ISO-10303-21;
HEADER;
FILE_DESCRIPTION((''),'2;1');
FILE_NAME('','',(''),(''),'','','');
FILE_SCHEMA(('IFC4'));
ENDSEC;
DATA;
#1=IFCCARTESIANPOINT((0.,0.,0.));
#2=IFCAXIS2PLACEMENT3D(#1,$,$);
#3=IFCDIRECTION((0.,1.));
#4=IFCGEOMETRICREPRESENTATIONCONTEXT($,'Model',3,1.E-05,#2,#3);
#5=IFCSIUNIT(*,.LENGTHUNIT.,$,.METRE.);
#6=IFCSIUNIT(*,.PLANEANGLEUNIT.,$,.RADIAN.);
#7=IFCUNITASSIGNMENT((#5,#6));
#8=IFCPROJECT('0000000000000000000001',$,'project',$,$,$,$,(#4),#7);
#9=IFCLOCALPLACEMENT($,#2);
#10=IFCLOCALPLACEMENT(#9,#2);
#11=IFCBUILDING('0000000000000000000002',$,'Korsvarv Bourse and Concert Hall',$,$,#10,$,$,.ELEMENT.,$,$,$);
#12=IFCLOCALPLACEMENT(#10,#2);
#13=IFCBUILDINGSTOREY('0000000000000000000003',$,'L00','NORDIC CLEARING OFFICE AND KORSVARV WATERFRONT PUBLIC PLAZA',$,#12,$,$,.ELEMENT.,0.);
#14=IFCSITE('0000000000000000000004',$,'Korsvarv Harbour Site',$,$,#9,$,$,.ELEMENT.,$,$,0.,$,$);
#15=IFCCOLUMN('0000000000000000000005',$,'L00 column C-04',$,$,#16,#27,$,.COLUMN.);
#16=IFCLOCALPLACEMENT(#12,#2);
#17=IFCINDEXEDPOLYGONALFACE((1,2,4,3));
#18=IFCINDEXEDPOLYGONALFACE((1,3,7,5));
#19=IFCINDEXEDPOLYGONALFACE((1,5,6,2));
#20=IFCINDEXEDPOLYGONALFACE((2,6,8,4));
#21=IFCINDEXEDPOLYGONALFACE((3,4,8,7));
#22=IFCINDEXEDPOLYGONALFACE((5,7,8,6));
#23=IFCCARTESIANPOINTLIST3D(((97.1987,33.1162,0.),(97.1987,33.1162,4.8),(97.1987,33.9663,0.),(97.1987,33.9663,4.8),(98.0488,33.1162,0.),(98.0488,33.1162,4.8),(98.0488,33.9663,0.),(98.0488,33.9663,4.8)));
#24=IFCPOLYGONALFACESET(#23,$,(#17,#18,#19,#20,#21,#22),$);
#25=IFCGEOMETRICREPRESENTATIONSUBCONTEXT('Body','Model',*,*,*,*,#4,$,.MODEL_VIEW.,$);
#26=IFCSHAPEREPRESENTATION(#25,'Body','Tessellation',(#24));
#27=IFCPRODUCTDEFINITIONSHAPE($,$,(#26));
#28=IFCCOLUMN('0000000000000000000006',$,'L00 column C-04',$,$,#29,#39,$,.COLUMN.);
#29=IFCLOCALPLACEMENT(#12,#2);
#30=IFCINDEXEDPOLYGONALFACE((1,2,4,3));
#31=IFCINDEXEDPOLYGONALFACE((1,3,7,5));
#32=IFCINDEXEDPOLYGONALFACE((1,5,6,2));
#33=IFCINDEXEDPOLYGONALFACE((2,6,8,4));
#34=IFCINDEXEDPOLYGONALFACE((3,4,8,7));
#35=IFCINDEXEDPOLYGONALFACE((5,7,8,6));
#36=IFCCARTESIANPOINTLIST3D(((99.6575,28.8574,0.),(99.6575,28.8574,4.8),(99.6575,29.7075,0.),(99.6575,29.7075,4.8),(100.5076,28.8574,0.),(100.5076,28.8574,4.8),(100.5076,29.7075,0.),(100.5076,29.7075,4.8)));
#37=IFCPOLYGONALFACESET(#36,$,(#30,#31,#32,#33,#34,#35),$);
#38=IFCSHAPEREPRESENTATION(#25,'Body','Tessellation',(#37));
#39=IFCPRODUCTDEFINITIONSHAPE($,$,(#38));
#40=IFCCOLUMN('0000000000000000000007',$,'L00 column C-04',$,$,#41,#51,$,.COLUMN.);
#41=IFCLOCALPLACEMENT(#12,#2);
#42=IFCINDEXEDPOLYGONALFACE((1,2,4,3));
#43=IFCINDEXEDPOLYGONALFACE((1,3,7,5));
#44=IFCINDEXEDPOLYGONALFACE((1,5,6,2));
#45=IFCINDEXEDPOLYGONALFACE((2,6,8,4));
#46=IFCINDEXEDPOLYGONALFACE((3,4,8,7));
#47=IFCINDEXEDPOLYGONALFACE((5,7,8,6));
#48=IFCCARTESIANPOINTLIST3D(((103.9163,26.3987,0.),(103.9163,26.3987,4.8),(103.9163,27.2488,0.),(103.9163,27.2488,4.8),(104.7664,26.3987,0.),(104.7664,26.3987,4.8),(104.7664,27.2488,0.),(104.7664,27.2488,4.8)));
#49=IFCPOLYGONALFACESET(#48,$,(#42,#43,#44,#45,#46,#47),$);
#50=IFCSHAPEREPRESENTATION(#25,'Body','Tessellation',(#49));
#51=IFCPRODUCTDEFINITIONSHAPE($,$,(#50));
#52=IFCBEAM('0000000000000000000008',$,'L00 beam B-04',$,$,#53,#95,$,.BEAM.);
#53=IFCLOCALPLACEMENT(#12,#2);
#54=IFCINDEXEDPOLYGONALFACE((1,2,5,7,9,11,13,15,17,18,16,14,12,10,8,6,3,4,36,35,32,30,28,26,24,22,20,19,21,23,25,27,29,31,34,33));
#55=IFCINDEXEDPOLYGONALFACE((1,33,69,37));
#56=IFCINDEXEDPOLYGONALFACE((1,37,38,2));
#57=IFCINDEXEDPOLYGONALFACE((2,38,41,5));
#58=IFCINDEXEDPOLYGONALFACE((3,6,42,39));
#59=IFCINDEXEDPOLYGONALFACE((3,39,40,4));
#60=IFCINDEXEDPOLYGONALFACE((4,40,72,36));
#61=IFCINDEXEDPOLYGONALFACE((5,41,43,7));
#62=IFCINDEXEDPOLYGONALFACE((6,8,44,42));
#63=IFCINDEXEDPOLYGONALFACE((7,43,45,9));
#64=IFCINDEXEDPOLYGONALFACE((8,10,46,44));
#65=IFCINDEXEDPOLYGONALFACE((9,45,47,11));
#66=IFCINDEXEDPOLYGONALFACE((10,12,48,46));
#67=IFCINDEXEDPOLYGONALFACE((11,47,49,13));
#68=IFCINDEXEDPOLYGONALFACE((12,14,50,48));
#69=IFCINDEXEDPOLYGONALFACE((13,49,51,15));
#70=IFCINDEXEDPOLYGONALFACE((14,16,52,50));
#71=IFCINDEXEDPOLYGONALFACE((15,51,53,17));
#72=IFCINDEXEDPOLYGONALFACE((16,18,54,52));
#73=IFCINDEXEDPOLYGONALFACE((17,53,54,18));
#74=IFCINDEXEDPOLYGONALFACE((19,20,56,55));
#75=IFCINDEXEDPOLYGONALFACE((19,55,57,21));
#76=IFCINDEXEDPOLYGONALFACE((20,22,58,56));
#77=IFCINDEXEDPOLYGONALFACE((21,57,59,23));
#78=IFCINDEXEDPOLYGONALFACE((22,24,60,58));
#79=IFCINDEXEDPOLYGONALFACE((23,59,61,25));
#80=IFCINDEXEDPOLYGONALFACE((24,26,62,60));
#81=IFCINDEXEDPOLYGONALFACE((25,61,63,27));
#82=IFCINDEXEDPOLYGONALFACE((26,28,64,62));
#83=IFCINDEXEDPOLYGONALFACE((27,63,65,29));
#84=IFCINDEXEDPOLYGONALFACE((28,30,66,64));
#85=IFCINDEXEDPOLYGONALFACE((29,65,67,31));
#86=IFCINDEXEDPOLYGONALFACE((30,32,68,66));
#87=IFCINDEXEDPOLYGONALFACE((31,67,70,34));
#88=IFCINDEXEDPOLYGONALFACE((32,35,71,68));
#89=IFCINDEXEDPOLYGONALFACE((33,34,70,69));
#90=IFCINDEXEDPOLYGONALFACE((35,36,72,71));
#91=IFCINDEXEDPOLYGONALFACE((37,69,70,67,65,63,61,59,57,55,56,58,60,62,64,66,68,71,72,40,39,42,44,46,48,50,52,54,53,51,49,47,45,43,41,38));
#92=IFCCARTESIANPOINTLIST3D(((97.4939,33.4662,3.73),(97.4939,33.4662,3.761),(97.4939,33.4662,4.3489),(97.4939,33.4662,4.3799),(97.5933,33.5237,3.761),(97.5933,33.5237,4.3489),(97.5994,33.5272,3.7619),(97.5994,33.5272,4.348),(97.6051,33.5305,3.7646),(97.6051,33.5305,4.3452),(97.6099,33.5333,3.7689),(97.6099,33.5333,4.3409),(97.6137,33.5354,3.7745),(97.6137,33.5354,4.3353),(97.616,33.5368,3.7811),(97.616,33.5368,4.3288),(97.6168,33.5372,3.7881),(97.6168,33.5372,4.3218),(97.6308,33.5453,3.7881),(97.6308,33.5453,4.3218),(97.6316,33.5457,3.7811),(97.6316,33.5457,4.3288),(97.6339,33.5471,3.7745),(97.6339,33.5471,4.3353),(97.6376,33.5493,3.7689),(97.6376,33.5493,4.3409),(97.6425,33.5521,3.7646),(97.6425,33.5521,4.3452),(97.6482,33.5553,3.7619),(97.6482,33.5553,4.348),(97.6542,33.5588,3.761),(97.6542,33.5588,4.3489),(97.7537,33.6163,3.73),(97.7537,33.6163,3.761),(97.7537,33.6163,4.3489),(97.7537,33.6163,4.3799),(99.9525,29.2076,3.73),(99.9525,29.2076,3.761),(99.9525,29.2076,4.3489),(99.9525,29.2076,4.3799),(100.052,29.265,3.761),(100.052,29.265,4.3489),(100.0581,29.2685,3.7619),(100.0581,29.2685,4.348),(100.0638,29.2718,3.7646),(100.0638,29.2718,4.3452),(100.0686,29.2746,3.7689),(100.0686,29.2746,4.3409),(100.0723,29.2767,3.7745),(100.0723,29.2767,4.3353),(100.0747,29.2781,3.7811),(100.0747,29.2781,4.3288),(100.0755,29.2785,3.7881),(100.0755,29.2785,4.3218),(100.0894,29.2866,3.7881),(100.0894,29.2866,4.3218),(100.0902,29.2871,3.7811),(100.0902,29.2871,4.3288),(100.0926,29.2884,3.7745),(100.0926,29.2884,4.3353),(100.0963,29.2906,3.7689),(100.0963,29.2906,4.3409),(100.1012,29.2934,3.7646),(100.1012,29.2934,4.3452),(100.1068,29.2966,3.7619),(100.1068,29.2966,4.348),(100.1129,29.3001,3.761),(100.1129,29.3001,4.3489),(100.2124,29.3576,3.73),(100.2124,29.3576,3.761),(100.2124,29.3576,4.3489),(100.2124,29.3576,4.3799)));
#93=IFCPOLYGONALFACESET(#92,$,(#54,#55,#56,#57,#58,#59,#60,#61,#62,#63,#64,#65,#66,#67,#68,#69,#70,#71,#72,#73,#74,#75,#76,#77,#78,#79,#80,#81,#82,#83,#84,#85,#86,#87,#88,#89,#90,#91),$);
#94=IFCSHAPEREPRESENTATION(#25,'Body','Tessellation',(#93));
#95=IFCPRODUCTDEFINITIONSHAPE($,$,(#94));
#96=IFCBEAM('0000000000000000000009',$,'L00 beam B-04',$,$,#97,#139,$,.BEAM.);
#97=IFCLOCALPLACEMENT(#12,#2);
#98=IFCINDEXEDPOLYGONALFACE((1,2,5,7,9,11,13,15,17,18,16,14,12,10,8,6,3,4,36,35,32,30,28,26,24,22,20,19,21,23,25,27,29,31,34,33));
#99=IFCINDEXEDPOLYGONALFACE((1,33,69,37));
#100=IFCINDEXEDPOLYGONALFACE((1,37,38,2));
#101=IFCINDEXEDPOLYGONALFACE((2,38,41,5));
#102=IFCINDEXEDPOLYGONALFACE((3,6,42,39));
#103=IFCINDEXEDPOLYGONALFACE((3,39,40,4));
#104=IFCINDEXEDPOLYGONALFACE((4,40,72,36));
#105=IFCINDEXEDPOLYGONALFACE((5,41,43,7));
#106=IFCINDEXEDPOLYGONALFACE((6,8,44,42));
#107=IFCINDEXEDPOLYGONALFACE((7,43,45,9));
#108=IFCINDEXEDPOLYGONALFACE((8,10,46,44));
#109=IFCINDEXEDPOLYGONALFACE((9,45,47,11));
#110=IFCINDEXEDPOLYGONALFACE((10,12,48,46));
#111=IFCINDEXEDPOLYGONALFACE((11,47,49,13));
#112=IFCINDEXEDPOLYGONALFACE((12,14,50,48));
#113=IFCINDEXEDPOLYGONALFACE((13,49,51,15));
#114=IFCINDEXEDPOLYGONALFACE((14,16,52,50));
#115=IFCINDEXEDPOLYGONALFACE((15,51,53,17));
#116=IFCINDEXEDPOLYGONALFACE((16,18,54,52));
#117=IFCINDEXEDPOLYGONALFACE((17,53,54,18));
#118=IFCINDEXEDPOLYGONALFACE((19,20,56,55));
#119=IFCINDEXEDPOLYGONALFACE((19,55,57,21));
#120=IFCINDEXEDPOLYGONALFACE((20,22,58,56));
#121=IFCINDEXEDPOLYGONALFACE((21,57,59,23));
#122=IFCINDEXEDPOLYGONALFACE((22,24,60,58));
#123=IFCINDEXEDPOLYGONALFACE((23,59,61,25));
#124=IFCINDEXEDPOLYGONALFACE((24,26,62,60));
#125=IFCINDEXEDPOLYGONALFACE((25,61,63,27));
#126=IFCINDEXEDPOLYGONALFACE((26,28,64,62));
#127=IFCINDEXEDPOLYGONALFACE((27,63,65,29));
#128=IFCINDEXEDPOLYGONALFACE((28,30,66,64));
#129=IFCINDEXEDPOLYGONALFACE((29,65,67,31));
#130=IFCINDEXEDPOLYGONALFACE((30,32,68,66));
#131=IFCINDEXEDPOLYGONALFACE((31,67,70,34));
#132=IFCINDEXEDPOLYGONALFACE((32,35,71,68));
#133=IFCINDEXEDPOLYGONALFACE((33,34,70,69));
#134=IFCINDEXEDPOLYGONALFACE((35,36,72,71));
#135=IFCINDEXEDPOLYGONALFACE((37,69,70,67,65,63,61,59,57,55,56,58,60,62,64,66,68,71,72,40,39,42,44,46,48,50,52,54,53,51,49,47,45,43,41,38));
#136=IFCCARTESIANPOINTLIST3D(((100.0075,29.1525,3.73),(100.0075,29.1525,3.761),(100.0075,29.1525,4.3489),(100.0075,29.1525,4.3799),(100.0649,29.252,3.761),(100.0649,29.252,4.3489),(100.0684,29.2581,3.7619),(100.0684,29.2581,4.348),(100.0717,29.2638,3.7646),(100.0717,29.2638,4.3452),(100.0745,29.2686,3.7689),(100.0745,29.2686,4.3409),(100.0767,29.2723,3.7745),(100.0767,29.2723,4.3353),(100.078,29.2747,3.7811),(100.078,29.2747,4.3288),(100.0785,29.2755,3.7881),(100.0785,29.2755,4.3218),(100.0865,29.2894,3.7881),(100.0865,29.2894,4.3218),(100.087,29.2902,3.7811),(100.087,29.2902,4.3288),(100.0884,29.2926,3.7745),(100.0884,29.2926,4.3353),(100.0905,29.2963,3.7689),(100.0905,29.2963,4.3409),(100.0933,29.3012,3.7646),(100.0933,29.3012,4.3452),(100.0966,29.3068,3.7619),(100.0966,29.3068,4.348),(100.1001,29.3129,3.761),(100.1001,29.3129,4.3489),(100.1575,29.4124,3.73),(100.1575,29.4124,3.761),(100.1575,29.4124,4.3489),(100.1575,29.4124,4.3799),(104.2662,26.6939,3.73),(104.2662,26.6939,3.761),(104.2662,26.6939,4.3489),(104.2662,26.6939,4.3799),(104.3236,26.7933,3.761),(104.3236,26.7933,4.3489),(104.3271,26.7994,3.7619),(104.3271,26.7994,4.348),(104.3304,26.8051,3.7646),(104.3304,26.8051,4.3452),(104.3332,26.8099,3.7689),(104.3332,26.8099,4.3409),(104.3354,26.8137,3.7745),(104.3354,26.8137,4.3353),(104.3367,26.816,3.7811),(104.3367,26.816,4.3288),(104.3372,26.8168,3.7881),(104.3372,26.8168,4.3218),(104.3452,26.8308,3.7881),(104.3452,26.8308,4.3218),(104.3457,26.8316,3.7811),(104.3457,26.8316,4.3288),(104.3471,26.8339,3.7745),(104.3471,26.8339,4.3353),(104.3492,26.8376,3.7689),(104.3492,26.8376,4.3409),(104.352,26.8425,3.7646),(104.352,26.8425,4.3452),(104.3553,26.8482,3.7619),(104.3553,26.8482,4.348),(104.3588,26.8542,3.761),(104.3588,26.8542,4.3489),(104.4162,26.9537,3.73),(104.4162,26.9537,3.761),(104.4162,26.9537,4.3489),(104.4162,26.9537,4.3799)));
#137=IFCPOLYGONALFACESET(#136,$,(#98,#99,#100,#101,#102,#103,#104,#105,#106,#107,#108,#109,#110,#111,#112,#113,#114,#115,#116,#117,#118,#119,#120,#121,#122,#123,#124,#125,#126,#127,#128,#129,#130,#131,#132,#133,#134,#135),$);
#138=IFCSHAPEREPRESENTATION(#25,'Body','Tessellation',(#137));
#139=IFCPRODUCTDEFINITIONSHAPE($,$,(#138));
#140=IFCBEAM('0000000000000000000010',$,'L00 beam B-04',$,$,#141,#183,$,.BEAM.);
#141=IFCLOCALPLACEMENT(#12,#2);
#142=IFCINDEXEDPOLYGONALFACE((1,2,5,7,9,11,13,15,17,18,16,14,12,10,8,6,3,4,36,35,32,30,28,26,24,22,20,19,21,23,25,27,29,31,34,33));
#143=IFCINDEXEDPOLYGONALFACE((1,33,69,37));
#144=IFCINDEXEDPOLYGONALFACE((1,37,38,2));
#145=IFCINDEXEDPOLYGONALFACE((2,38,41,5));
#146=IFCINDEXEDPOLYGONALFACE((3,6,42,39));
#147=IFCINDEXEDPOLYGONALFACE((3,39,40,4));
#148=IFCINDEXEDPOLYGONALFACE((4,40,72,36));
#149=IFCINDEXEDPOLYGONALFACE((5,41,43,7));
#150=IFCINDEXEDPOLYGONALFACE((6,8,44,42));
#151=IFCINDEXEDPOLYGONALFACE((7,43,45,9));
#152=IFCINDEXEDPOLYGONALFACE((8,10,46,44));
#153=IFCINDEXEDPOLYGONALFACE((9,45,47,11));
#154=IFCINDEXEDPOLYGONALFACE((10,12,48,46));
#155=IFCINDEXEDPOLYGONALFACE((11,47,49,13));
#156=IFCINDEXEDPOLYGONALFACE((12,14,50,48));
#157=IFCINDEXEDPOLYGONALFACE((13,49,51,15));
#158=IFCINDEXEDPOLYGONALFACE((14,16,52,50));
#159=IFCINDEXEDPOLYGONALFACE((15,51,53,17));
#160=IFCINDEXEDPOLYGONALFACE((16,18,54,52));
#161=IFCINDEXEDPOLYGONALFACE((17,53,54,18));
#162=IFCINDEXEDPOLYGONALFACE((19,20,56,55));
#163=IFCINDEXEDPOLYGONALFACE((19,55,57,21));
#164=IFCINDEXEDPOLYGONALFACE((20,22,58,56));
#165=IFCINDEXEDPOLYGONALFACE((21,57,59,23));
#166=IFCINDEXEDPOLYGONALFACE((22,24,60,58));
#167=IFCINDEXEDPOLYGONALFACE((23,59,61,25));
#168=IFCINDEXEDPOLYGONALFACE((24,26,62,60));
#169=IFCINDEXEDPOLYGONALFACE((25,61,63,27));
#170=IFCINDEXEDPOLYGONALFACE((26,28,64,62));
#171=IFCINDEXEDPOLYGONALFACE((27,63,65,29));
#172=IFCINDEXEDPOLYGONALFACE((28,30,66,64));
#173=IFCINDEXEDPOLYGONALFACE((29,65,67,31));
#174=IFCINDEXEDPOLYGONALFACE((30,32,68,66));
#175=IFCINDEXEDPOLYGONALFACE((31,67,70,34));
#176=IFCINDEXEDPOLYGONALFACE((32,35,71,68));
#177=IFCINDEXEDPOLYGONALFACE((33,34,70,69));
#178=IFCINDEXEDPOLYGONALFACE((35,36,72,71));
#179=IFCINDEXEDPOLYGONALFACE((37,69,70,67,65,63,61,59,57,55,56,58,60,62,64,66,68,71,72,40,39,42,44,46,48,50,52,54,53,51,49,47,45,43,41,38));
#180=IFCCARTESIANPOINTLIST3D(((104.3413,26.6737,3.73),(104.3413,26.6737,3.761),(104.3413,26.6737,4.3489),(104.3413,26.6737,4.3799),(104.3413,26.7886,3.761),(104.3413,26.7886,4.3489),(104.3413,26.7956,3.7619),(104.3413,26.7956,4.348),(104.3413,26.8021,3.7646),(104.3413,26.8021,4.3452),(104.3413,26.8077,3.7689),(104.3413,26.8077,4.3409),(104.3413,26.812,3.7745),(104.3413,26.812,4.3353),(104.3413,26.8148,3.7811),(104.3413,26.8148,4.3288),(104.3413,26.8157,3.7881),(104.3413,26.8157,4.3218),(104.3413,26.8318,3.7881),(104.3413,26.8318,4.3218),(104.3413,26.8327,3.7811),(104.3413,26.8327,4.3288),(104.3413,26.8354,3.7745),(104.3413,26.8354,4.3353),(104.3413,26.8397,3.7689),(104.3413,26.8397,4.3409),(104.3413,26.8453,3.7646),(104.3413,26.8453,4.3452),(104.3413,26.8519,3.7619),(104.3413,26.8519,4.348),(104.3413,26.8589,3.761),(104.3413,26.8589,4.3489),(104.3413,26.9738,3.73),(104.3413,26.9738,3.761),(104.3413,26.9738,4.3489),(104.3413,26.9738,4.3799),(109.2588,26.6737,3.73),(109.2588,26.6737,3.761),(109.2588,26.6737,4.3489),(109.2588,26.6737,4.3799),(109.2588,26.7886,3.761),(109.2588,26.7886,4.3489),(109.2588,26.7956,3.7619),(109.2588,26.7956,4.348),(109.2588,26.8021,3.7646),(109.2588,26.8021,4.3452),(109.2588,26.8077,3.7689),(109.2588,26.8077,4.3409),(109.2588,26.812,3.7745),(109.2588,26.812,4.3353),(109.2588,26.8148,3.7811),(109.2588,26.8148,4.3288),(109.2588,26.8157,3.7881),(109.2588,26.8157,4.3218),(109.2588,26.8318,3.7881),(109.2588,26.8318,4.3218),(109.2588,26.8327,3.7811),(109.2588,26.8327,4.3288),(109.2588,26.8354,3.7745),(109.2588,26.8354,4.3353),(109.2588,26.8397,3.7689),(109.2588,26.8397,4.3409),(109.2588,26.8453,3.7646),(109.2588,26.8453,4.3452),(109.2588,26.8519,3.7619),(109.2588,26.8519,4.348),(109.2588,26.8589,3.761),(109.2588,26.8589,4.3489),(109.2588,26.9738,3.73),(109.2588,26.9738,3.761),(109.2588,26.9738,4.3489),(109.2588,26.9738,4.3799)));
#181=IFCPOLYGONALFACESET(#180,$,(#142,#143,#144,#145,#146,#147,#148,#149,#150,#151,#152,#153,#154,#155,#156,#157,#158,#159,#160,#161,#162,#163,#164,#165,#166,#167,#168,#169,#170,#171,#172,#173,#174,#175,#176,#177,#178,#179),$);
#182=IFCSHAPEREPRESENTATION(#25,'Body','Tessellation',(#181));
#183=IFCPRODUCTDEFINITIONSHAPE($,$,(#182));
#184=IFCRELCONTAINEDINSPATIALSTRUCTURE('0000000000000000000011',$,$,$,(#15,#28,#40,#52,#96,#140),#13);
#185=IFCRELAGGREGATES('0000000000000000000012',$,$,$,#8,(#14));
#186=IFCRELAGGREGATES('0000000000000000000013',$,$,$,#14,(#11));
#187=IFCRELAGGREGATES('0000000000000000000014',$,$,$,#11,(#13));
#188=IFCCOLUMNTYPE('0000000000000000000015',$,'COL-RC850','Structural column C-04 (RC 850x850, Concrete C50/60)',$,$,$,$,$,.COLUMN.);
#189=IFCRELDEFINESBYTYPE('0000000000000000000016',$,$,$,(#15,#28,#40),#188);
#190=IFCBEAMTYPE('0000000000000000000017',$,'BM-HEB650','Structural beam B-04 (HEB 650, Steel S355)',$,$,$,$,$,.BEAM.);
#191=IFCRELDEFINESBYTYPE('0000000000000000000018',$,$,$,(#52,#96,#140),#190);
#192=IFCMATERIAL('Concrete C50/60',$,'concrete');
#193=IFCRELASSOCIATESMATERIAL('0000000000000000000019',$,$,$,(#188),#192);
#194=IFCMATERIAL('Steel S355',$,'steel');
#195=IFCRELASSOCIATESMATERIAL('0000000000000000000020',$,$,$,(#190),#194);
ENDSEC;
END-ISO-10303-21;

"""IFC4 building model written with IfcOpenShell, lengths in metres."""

from ifc_helpers import new_model, si_unit, direction, frame, origin, origin_2d, place, context, subcontext, project, spatial, rectangle, i_section, extrude, source, transform, mapped, material, material_profile, profile_set, type_object, element, save


model = new_model("IFC4")

# Units and contexts
model_context = context("Model", 3, precision=1e-05, world=origin(), true_north=direction((0.0, 1.0)))
body_context = subcontext(model_context, "Body", "Model", "MODEL_VIEW")
ifc_project = project(units=[si_unit("LENGTHUNIT", "METRE"), si_unit("PLANEANGLEUNIT", "RADIAN")], contexts=[model_context])

# Site, building, storey
site_placement = place(None, origin())
site = spatial("IfcSite", under=ifc_project, at=site_placement, Name="Korsvarv Harbour Site", CompositionType="ELEMENT", RefElevation=0.0)
building_placement = place(site_placement, origin())
building = spatial("IfcBuilding", under=site, at=building_placement, Name="Korsvarv Bourse and Concert Hall", CompositionType="ELEMENT")
storey_placement = place(building_placement, origin())
storey = spatial("IfcBuildingStorey", under=building, at=storey_placement, Name="L00", Description="NORDIC CLEARING OFFICE AND KORSVARV WATERFRONT PUBLIC PLAZA", CompositionType="ELEMENT", Elevation=0.0)

# Columns
ifc_material_1 = material(Name="Concrete C50/60", Category="concrete")
ifc_material_profile_1 = material_profile(ifc_material_1, rectangle(XDim=0.8501, YDim=0.8501, at=origin_2d()), Name="RC 850x850")
ifc_profile_set_1 = profile_set([ifc_material_profile_1], Name="Concrete C50/60")
column_type = type_object("IfcColumnType", Name="COL-RC850", Description="Structural column C-04 (RC 850x850, Concrete C50/60)", PredefinedType="COLUMN", material=ifc_profile_set_1)
shared_shape_1 = source(origin(), body_context, "Body", "SweptSolid", [
    extrude(rectangle(XDim=0.8501, YDim=0.8501, at=origin_2d()), origin(), (0.0, 0.0, 1.0), 4.8),
])
for number, where, z_axis, x_axis, name in (
    (1, (97.6238, 33.5413, 0.0), (0.0, 0.0, 1.0), (1.0, 0.0, 0.0), "L00 column C-04"),
    (2, (100.0825, 29.2825, 0.0), (0.0, 0.0, 1.0), (1.0, 0.0, 0.0), "L00 column C-04"),
    (3, (104.3413, 26.8237, 0.0), (0.0, 0.0, 1.0), (1.0, 0.0, 0.0), "L00 column C-04"),
):
    element("IfcColumn", number, at=place(storey_placement, frame(where, z_axis=z_axis, x_axis=x_axis)), inside=storey, type_object=column_type, Name=name, PredefinedType="COLUMN", context=body_context, shape_type="MappedRepresentation", body=[
        mapped(shared_shape_1, transform((0.0, 0.0, 0.0), scale=1.0)),
    ])

# Beams
ifc_material_2 = material(Name="Steel S355", Category="steel")
ifc_material_profile_2 = material_profile(ifc_material_2, i_section(OverallWidth=0.3, OverallDepth=0.6499, WebThickness=0.0161, FlangeThickness=0.031, FilletRadius=0.0271, at=origin_2d()), Name="HEB 650")
ifc_profile_set_2 = profile_set([ifc_material_profile_2], Name="Steel S355")
beam_type_1 = type_object("IfcBeamType", Name="BM-HEB650", Description="Structural beam B-04 (HEB 650, Steel S355)", PredefinedType="BEAM", material=ifc_profile_set_2)
shared_shape_2 = source(origin(), body_context, "Body", "SweptSolid", [
    extrude(i_section(OverallWidth=0.3, OverallDepth=0.6499, WebThickness=0.0161, FlangeThickness=0.031, FilletRadius=0.0271, at=origin_2d()), origin(), (0.0, 0.0, 1.0), 4.9175),
])
for number, where, z_axis, x_axis, name in (
    (4, (97.6238, 33.5413, 4.0549), (0.499989, -0.866032, 0.0), (0.866032, 0.499989, 0.0), "L00 beam B-04"),
    (5, (100.0825, 29.2825, 4.0549), (0.866032, -0.499989, 0.0), (0.499989, 0.866032, 0.0), "L00 beam B-04"),
    (6, (104.3413, 26.8237, 4.0549), (1.0, 0.0, 0.0), (0.0, 1.0, 0.0), "L00 beam B-04"),
):
    element("IfcBeam", number, at=place(storey_placement, frame(where, z_axis=z_axis, x_axis=x_axis)), inside=storey, type_object=beam_type_1, Name=name, PredefinedType="BEAM", context=body_context, shape_type="MappedRepresentation", body=[
        mapped(shared_shape_2, transform((0.0, 0.0, 0.0), scale=1.0)),
    ])

save(model, "model.ifc")
